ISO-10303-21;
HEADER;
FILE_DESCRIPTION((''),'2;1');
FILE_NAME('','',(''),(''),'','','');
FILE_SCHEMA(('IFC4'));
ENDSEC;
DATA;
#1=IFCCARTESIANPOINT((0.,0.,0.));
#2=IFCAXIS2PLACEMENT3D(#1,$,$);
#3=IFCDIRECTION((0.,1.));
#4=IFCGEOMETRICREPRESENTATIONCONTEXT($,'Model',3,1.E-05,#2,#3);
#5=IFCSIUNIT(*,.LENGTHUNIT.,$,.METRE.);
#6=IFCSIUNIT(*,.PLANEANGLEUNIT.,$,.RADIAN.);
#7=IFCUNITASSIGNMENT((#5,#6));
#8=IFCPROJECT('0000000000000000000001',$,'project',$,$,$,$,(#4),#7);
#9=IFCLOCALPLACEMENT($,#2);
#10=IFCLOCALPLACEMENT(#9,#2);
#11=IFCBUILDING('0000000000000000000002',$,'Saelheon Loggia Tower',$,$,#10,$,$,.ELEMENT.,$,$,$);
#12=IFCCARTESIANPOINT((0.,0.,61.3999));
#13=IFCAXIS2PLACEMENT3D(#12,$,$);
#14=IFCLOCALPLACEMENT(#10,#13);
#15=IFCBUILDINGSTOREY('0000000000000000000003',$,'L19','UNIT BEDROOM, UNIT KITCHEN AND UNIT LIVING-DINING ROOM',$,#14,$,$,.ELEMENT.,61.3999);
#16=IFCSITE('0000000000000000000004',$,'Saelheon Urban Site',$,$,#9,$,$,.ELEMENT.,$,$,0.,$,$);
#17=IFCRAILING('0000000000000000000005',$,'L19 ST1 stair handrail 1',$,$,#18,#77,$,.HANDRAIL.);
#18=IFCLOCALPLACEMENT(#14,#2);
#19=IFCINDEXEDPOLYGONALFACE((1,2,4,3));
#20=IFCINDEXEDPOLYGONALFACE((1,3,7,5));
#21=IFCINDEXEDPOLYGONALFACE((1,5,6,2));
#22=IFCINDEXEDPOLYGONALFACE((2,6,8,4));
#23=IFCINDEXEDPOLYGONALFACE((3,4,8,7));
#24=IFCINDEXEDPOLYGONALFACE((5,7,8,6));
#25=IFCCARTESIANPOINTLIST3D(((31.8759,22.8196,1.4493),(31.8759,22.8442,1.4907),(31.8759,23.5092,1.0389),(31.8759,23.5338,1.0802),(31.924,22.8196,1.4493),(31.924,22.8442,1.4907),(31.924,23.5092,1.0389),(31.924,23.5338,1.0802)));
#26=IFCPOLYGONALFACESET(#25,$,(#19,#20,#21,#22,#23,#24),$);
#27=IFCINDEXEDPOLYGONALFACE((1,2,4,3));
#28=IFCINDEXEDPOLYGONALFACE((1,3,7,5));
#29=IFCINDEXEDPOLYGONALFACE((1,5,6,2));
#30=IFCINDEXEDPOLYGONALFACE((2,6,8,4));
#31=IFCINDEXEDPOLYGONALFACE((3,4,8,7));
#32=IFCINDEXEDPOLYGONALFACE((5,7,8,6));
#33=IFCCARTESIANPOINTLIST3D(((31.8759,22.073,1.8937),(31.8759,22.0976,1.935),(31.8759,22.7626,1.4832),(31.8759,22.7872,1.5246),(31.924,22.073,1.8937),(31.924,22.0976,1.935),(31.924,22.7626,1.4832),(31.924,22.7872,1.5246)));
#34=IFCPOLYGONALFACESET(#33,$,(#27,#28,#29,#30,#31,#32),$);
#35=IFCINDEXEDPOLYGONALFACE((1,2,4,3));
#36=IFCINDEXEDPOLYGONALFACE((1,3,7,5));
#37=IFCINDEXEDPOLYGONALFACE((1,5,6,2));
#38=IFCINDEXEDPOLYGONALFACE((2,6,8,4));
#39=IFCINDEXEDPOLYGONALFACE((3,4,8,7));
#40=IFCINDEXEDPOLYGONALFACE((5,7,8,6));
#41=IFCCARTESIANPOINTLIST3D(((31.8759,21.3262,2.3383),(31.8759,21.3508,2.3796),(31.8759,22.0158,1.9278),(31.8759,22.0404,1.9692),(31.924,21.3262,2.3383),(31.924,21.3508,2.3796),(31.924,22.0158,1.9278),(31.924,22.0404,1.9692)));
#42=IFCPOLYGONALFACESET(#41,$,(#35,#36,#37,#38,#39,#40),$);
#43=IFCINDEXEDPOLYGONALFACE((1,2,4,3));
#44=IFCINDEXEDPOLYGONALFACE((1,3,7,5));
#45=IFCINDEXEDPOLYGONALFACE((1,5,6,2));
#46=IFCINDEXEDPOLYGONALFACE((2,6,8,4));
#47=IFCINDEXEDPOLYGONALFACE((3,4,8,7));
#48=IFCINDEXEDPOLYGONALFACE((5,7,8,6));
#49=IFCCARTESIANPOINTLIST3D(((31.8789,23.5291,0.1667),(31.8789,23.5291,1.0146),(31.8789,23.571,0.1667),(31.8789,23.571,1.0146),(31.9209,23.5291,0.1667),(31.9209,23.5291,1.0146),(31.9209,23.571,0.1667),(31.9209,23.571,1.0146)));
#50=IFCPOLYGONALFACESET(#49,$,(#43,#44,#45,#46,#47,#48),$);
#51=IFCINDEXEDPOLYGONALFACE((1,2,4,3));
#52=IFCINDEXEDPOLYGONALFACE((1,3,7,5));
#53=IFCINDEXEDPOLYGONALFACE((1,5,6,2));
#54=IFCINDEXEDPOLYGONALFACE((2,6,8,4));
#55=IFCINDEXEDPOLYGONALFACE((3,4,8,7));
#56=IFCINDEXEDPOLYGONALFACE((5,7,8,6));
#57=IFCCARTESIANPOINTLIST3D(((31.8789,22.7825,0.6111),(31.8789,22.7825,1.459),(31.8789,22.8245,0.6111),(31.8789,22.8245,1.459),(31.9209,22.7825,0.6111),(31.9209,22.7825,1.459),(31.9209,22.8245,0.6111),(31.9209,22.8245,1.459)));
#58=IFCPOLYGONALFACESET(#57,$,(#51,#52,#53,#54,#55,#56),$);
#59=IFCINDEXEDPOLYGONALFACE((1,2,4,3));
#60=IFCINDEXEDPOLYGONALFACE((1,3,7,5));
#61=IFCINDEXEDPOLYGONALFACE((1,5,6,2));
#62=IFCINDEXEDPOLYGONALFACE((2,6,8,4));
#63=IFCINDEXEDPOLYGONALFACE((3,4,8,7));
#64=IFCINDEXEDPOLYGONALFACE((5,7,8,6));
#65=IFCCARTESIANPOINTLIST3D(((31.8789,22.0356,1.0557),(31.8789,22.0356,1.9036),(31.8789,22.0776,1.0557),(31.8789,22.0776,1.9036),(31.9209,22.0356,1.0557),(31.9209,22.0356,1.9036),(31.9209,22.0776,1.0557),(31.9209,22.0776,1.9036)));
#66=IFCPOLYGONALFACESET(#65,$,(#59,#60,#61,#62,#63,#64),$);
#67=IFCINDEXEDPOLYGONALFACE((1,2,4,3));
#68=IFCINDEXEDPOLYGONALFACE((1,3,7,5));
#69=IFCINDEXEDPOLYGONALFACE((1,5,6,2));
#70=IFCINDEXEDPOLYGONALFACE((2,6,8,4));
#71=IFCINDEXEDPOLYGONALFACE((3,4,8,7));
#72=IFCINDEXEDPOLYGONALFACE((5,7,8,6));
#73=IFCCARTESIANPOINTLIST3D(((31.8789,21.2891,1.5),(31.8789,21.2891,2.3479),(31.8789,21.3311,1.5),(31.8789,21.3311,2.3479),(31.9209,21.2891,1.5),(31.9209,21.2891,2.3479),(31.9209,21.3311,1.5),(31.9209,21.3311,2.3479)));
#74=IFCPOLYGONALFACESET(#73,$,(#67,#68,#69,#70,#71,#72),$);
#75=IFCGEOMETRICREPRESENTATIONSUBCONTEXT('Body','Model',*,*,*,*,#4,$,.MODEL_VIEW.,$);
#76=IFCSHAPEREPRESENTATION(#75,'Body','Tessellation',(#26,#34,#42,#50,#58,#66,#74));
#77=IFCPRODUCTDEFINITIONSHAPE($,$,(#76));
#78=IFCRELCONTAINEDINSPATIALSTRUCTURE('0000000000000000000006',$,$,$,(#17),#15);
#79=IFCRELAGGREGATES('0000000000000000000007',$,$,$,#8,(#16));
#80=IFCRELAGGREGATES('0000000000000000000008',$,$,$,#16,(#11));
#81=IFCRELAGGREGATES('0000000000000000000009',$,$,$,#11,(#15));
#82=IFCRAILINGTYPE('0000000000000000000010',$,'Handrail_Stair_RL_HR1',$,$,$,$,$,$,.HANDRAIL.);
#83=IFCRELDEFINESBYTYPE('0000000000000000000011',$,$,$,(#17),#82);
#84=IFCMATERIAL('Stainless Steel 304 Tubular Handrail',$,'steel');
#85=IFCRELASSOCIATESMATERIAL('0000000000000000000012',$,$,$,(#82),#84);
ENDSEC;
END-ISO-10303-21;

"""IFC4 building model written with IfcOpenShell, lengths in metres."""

from ifc_helpers import new_model, si_unit, direction, frame, origin, origin_2d, place, context, subcontext, project, spatial, rectangle, extrude, material, type_object, element, save


model = new_model("IFC4")

# Units and contexts
model_context = context("Model", 3, precision=1e-05, world=origin(), true_north=direction((0.0, 1.0)))
body_context = subcontext(model_context, "Body", "Model", "MODEL_VIEW")
ifc_project = project(units=[si_unit("LENGTHUNIT", "METRE"), si_unit("PLANEANGLEUNIT", "RADIAN")], contexts=[model_context])

# Site, building, storey
site_placement = place(None, origin())
site = spatial("IfcSite", under=ifc_project, at=site_placement, Name="Saelheon Urban Site", CompositionType="ELEMENT", RefElevation=0.0)
building_placement = place(site_placement, origin())
building = spatial("IfcBuilding", under=site, at=building_placement, Name="Saelheon Loggia Tower", CompositionType="ELEMENT")
storey_placement = place(building_placement, frame((0.0, 0.0, 61.3999)))
storey = spatial("IfcBuildingStorey", under=building, at=storey_placement, Name="L19", Description="UNIT BEDROOM, UNIT KITCHEN AND UNIT LIVING-DINING ROOM", CompositionType="ELEMENT", Elevation=61.3999)

# Railing
ifc_material_1 = material(Name="Stainless Steel 304 Tubular Handrail", Category="steel")
railing_type_1 = type_object("IfcRailingType", Name="Handrail_Stair_RL_HR1", PredefinedType="HANDRAIL", material=ifc_material_1)
railing_1_placement = place(storey_placement, frame((31.8999, 23.55, 0.1667)))
element("IfcRailing", 1, at=railing_1_placement, inside=storey, type_object=railing_type_1, Name="L19 ST1 stair handrail 1", PredefinedType="HANDRAIL", context=body_context, shape_type="SweptSolid", body=[
    extrude(rectangle(XDim=0.0481, YDim=0.0481, at=origin_2d()), frame((0.0, -0.0286, 0.8928), z_axis=(0.0, -0.859306, 0.511462), x_axis=(1.0, 0.0, 0.0)), (0.0, 0.0, 1.0), 0.8025),
    extrude(rectangle(XDim=0.0481, YDim=0.0481, at=origin_2d()), frame((0.0, -0.7751, 1.3372), z_axis=(0.0, -0.859306, 0.511462), x_axis=(1.0, 0.0, 0.0)), (0.0, 0.0, 1.0), 0.8025),
    extrude(rectangle(XDim=0.0481, YDim=0.0481, at=origin_2d()), frame((0.0, -1.522, 1.7817), z_axis=(0.0, -0.859306, 0.511462), x_axis=(1.0, 0.0, 0.0)), (0.0, 0.0, 1.0), 0.8025),
    extrude(rectangle(XDim=0.042, YDim=0.042, at=origin_2d()), origin(), (0.0, 0.0, 1.0), 0.8479),
    extrude(rectangle(XDim=0.042, YDim=0.042, at=origin_2d()), frame((0.0, -0.7466, 0.4443)), (0.0, 0.0, 1.0), 0.8479),
    extrude(rectangle(XDim=0.042, YDim=0.042, at=origin_2d()), frame((0.0, -1.4934, 0.8889)), (0.0, 0.0, 1.0), 0.8479),
    extrude(rectangle(XDim=0.042, YDim=0.042, at=origin_2d()), frame((0.0, -2.24, 1.3333)), (0.0, 0.0, 1.0), 0.8479),
])

save(model, "model.ifc")
